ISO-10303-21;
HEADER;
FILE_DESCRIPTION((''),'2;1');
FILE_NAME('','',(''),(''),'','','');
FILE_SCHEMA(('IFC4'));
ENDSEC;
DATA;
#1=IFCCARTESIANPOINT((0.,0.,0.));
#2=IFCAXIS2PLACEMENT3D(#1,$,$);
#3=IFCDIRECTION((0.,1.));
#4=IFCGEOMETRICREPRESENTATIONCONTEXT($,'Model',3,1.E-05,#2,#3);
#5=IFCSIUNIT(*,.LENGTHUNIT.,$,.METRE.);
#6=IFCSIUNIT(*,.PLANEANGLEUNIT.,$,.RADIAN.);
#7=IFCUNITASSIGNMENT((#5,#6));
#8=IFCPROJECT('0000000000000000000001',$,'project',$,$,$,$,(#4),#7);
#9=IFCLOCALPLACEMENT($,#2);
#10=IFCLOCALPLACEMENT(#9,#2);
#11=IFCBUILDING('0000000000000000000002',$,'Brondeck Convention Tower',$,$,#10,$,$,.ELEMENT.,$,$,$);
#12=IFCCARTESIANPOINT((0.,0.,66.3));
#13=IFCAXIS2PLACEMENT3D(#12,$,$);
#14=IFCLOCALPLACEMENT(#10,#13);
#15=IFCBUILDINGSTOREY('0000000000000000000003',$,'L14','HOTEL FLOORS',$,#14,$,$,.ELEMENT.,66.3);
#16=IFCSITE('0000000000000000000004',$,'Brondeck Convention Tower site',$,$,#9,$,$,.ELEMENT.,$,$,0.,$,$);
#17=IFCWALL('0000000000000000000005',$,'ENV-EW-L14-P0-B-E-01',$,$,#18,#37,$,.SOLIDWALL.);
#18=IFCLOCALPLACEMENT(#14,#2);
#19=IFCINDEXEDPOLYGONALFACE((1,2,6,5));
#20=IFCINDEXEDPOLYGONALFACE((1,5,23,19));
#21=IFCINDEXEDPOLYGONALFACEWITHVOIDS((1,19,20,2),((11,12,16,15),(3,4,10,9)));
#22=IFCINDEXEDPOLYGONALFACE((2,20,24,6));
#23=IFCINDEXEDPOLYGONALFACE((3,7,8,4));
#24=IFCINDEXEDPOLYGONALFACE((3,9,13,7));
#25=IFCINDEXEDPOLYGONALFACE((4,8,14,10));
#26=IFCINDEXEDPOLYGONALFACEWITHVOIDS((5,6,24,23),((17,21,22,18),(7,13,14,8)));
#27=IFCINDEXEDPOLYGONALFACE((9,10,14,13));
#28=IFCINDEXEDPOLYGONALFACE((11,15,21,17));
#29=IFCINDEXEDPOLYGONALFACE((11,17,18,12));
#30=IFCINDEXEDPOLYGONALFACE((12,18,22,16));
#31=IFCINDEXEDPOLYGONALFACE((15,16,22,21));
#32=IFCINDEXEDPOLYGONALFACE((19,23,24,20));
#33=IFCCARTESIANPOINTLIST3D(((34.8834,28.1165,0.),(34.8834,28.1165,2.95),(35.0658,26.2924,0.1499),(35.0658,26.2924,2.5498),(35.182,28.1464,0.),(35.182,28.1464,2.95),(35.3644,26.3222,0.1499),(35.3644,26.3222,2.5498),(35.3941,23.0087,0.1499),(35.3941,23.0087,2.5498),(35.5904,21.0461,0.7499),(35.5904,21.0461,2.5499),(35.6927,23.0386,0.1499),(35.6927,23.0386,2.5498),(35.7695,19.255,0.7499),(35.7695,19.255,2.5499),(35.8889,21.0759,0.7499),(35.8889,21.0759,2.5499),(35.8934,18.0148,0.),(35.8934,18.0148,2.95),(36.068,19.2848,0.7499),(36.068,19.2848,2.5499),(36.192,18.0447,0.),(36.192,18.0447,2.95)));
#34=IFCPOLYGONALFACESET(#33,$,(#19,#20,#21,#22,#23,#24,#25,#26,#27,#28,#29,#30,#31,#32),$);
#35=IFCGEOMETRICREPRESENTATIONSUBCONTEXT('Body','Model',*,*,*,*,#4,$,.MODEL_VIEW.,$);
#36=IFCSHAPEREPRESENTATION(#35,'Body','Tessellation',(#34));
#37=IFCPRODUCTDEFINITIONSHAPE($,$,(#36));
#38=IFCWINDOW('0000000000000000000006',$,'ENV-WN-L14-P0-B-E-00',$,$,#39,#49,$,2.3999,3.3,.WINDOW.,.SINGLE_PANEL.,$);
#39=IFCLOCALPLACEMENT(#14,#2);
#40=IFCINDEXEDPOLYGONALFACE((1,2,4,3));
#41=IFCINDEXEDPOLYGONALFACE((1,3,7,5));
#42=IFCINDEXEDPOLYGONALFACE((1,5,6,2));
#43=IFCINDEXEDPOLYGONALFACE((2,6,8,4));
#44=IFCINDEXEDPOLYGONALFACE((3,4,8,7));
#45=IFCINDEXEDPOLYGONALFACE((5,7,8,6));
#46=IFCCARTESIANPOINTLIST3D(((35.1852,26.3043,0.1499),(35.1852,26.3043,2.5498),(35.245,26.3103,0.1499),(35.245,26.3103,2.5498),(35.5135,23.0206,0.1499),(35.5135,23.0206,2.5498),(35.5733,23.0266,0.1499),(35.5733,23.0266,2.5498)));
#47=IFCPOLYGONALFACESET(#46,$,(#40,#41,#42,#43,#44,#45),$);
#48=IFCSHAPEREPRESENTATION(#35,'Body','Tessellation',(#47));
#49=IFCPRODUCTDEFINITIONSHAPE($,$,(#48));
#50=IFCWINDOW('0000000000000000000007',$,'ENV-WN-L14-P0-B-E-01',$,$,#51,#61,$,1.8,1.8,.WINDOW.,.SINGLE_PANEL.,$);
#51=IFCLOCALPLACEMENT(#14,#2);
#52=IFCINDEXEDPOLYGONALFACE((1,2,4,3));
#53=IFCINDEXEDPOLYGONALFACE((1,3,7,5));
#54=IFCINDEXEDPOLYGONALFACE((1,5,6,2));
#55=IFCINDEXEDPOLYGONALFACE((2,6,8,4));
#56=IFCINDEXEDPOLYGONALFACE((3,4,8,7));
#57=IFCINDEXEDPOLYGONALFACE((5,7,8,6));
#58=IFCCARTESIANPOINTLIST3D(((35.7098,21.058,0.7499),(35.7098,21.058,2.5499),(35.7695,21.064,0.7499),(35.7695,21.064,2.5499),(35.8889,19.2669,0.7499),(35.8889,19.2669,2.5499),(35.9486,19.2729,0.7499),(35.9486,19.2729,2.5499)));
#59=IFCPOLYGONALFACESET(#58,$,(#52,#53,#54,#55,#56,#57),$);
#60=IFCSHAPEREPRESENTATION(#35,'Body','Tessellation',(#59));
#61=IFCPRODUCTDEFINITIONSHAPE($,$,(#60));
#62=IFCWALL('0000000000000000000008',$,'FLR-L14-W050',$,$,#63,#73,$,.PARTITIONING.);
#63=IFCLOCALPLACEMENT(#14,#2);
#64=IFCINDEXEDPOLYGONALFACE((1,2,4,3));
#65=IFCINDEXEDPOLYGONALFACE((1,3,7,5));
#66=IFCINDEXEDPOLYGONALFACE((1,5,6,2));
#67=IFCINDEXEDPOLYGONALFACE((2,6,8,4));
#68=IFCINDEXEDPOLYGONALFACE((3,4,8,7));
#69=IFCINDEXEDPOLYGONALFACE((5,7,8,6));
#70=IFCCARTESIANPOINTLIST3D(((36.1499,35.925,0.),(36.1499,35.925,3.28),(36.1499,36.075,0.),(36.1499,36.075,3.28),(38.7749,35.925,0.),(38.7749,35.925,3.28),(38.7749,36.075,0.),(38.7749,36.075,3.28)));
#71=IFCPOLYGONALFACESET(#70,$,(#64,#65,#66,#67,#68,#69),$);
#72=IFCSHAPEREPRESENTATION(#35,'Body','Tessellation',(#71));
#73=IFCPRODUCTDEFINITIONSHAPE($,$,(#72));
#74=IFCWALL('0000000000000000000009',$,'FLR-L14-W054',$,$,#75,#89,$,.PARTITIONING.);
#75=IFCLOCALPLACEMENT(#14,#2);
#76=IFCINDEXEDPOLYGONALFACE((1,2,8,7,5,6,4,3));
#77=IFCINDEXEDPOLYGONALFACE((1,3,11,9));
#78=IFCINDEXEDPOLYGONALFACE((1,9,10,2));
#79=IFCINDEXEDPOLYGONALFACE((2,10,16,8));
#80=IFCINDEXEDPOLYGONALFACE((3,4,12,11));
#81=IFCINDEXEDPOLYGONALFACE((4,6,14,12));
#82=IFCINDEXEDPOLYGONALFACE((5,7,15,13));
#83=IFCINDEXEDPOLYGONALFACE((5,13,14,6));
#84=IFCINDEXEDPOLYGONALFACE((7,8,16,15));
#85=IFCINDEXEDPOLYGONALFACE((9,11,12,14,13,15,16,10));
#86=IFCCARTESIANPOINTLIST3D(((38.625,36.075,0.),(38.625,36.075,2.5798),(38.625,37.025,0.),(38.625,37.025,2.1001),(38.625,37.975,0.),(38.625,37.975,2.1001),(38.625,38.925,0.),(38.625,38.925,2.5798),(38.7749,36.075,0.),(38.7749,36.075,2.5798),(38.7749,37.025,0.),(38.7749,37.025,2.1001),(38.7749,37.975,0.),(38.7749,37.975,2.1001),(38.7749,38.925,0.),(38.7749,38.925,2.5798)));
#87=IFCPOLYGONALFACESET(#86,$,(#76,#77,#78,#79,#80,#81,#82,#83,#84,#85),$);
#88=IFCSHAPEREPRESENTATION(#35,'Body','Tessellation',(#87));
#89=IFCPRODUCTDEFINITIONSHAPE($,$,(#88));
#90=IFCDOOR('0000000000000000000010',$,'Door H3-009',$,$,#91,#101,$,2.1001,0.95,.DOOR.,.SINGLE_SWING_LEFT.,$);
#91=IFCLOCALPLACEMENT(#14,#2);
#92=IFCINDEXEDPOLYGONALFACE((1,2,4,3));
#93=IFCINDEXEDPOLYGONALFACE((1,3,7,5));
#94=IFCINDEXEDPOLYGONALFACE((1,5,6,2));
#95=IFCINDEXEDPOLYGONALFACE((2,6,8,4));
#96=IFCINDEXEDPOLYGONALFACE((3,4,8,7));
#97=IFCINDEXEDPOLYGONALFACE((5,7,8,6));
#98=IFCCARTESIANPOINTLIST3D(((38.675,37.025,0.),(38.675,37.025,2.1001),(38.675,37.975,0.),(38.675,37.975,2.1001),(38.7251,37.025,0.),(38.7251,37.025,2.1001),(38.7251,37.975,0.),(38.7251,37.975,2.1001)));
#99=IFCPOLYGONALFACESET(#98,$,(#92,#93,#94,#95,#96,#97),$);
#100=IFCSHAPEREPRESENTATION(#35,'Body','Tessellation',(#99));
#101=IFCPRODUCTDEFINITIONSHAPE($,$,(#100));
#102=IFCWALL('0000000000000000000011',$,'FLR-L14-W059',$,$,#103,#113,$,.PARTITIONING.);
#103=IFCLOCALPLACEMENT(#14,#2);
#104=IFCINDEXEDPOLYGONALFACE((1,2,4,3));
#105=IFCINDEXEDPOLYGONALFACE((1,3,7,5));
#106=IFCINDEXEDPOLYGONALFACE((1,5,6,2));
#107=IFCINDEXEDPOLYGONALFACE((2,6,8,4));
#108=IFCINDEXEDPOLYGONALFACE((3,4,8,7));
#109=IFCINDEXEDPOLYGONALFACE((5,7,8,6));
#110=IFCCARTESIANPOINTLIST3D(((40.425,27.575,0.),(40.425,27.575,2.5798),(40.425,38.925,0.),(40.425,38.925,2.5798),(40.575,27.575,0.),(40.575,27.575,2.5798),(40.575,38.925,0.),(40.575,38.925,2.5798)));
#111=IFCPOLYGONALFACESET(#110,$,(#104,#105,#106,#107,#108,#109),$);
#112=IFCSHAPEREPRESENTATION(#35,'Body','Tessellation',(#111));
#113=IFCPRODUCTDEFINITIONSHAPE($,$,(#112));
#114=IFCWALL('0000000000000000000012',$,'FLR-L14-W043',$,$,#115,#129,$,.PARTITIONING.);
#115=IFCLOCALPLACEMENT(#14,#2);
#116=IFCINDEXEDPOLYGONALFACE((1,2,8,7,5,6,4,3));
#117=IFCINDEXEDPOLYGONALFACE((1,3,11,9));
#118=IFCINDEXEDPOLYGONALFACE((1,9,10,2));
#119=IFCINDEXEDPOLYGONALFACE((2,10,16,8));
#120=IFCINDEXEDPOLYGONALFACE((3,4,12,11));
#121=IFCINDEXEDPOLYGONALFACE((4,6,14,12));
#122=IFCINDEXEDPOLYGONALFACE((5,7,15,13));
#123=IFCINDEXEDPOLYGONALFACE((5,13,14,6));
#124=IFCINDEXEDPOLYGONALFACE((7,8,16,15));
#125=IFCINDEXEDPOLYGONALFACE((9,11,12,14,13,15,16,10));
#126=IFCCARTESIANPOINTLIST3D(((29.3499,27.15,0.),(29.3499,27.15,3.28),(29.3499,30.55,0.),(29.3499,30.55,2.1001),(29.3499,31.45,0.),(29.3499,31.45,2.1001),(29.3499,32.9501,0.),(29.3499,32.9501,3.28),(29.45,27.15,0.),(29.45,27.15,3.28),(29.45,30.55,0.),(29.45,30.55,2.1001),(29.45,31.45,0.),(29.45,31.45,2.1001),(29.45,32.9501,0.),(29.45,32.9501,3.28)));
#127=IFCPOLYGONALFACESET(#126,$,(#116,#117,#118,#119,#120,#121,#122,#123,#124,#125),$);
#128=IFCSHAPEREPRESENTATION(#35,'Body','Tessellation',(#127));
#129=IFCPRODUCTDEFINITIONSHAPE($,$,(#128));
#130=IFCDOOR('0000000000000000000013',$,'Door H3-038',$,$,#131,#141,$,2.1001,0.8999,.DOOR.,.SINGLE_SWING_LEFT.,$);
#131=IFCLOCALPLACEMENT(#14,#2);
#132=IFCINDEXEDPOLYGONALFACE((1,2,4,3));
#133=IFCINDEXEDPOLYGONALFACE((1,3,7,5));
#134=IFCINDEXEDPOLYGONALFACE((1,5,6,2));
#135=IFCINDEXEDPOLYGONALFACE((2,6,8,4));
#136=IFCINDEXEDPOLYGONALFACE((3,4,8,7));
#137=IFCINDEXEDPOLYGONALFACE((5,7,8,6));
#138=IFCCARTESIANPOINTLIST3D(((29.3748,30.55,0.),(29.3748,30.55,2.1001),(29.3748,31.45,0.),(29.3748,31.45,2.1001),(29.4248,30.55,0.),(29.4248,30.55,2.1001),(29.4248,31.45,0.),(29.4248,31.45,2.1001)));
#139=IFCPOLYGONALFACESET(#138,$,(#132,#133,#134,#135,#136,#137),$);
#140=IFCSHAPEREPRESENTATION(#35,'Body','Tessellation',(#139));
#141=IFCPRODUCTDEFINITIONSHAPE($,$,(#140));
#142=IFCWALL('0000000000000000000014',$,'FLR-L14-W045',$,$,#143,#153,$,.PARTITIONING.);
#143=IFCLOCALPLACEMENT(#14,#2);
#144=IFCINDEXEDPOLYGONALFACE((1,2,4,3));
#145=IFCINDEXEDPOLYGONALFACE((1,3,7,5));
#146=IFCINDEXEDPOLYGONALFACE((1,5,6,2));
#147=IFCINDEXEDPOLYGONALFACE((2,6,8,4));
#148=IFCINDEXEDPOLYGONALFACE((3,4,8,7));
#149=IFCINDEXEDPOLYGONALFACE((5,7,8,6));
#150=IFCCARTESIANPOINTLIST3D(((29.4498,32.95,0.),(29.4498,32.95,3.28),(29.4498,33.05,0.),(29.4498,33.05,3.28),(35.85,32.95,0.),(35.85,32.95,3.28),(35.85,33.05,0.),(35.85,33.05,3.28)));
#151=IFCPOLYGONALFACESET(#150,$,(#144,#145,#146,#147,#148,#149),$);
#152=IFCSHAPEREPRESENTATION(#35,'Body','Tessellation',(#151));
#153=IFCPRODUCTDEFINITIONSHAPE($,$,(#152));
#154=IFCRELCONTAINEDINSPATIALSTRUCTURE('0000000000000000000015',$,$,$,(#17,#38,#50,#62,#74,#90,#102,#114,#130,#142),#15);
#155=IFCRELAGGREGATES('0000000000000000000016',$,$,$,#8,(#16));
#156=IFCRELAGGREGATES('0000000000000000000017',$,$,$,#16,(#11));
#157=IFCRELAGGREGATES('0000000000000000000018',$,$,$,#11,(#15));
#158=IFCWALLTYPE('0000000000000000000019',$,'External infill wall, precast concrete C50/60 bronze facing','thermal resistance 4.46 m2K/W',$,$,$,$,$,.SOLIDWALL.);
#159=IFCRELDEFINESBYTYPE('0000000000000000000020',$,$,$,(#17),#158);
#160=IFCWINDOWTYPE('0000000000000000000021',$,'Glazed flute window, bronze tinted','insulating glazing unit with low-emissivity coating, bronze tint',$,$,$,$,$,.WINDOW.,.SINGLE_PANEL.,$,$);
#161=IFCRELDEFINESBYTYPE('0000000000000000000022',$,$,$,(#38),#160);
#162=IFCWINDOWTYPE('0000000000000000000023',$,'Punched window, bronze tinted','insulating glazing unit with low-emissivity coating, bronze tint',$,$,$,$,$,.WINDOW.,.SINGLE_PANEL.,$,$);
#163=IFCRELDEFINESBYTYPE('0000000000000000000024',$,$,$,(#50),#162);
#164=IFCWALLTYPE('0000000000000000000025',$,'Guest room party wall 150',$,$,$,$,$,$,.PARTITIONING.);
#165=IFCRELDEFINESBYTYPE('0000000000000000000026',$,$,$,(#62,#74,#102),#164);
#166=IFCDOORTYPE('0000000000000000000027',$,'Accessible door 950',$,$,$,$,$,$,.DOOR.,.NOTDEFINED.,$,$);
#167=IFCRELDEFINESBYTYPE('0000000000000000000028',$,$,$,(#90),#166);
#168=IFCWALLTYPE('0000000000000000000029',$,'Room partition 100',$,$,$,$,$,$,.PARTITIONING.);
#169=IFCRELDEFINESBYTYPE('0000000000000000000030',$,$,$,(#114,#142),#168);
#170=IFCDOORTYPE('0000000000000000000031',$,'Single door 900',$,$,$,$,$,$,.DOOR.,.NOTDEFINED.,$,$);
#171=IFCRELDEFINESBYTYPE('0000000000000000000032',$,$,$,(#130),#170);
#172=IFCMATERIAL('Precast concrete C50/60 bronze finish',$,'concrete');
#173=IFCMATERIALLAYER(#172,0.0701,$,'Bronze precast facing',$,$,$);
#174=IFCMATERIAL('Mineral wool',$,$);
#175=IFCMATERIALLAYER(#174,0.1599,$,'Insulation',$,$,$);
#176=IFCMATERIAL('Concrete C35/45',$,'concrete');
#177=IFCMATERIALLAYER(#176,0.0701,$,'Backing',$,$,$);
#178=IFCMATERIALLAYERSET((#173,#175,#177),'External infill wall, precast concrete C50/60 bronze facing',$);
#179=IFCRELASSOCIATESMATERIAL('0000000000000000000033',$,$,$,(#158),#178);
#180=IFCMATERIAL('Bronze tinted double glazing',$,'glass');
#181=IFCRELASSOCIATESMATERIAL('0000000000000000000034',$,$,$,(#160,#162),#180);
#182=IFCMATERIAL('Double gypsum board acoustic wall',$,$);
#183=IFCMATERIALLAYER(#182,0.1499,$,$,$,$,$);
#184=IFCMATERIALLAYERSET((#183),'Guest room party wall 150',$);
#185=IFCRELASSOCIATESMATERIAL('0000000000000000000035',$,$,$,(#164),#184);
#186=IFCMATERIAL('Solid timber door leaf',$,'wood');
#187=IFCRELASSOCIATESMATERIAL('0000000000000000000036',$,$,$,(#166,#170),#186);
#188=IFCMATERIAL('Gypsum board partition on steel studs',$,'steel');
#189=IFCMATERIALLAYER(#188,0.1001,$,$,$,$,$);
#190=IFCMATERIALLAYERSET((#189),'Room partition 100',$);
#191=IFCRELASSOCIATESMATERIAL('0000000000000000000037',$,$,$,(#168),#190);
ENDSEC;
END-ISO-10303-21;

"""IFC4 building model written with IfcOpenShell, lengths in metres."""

from ifc_helpers import new_model, si_unit, direction, frame, frame_2d, origin, place, context, subcontext, project, spatial, rectangle, extrude, material, layer, layer_set, type_object, element, fill, save


model = new_model("IFC4")

# Units and contexts
model_context = context("Model", 3, precision=1e-05, world=origin(), true_north=direction((0.0, 1.0)))
body_context = subcontext(model_context, "Body", "Model", "MODEL_VIEW")
ifc_project = project(units=[si_unit("LENGTHUNIT", "METRE"), si_unit("PLANEANGLEUNIT", "RADIAN")], contexts=[model_context])

# Site, building, storey
site_placement = place(None, origin())
site = spatial("IfcSite", under=ifc_project, at=site_placement, Name="Brondeck Convention Tower site", CompositionType="ELEMENT", RefElevation=0.0)
building_placement = place(site_placement, origin())
building = spatial("IfcBuilding", under=site, at=building_placement, Name="Brondeck Convention Tower", CompositionType="ELEMENT")
storey_placement = place(building_placement, frame((0.0, 0.0, 66.3)))
storey = spatial("IfcBuildingStorey", under=building, at=storey_placement, Name="L14", Description="HOTEL FLOORS", CompositionType="ELEMENT", Elevation=66.3)

# Wall, openings, windows
ifc_material_1 = material(Name="Precast concrete C50/60 bronze finish", Category="concrete")
ifc_layer_1 = layer(ifc_material_1, 0.0701, Name="Bronze precast facing")
ifc_material_2 = material(Name="Mineral wool")
ifc_layer_2 = layer(ifc_material_2, 0.1599, Name="Insulation")
ifc_material_3 = material(Name="Concrete C35/45", Category="concrete")
ifc_layer_3 = layer(ifc_material_3, 0.0701, Name="Backing")
ifc_layer_set_1 = layer_set([ifc_layer_1, ifc_layer_2, ifc_layer_3], Name="External infill wall, precast concrete C50/60 bronze facing")
wall_type_1 = type_object("IfcWallType", Name="External infill wall, precast concrete C50/60 bronze facing", Description="thermal resistance 4.46 m2K/W", PredefinedType="SOLIDWALL", material=ifc_layer_set_1)
wall_1_placement = place(storey_placement, frame((35.0327, 28.1316, 0.0), z_axis=(0.0, 0.0, 1.0), x_axis=(0.099487, -0.995039, 0.0)))
wall_1 = element("IfcWall", 1, at=wall_1_placement, inside=storey, type_object=wall_type_1, Name="ENV-EW-L14-P0-B-E-01", PredefinedType="SOLIDWALL", context=body_context, shape_type="SweptSolid", body=[
    extrude(rectangle(XDim=10.1521, YDim=0.3, at=frame_2d((5.0762, 0.0))), origin(), (0.0, 0.0, 1.0), 2.95),
])
opening_1_placement = place(wall_1_placement, frame((1.8335, 0.0, 0.1499)))
opening_1 = element("IfcOpeningElement", 2, at=opening_1_placement, cuts=wall_1, PredefinedType="OPENING", context=body_context, shape_type="SweptSolid", body=[
    extrude(rectangle(XDim=3.3, YDim=2.3999, at=frame_2d((1.6499, 1.2))), frame((0.0, 0.1599, 0.0), z_axis=(0.0, -1.0, 0.0), x_axis=(1.0, 0.0, 0.0)), (0.0, 0.0, 1.0), 0.3201),
])
opening_2_placement = place(wall_1_placement, frame((7.106, 0.0, 0.75)))
opening_2 = element("IfcOpeningElement", 3, at=opening_2_placement, cuts=wall_1, PredefinedType="OPENING", context=body_context, shape_type="SweptSolid", body=[
    extrude(rectangle(XDim=1.8, YDim=1.8, at=frame_2d((0.8999, 0.8999))), frame((0.0, 0.1599, 0.0), z_axis=(0.0, -1.0, 0.0), x_axis=(1.0, 0.0, 0.0)), (0.0, 0.0, 1.0), 0.3201),
])
ifc_material_4 = material(Name="Bronze tinted double glazing", Category="glass")
window_type_1 = type_object("IfcWindowType", Name="Glazed flute window, bronze tinted", Description="insulating glazing unit with low-emissivity coating, bronze tint", PartitioningType="SINGLE_PANEL", PredefinedType="WINDOW", material=ifc_material_4)
window_1_placement = place(opening_1_placement, origin())
window_1 = element("IfcWindow", 4, at=window_1_placement, inside=storey, type_object=window_type_1, Name="ENV-WN-L14-P0-B-E-00", OverallHeight=2.3999, OverallWidth=3.3, PartitioningType="SINGLE_PANEL", PredefinedType="WINDOW", context=body_context, shape_type="SweptSolid", body=[
    extrude(rectangle(XDim=3.3, YDim=2.3999, at=frame_2d((1.6499, 1.2))), frame((0.0, 0.03, 0.0), z_axis=(0.0, -1.0, 0.0), x_axis=(1.0, 0.0, 0.0)), (0.0, 0.0, 1.0), 0.0601),
])
fill(opening_1, window_1)
window_type_2 = type_object("IfcWindowType", Name="Punched window, bronze tinted", Description="insulating glazing unit with low-emissivity coating, bronze tint", PartitioningType="SINGLE_PANEL", PredefinedType="WINDOW", material=ifc_material_4)
window_2_placement = place(opening_2_placement, origin())
window_2 = element("IfcWindow", 5, at=window_2_placement, inside=storey, type_object=window_type_2, Name="ENV-WN-L14-P0-B-E-01", OverallHeight=1.8, OverallWidth=1.8, PartitioningType="SINGLE_PANEL", PredefinedType="WINDOW", context=body_context, shape_type="SweptSolid", body=[
    extrude(rectangle(XDim=1.8, YDim=1.8, at=frame_2d((0.8999, 0.8999))), frame((0.0, 0.03, 0.0), z_axis=(0.0, -1.0, 0.0), x_axis=(1.0, 0.0, 0.0)), (0.0, 0.0, 1.0), 0.0601),
])
fill(opening_2, window_2)

# Wall
ifc_material_5 = material(Name="Double gypsum board acoustic wall")
ifc_layer_4 = layer(ifc_material_5, 0.1499)
ifc_layer_set_2 = layer_set([ifc_layer_4], Name="Guest room party wall 150")
wall_type_2 = type_object("IfcWallType", Name="Guest room party wall 150", PredefinedType="PARTITIONING", material=ifc_layer_set_2)
wall_2_placement = place(storey_placement, frame((36.1499, 36.0, 0.0), z_axis=(0.0, 0.0, 1.0), x_axis=(1.0, 0.0, 0.0)))
element("IfcWall", 6, at=wall_2_placement, inside=storey, type_object=wall_type_2, Name="FLR-L14-W050", PredefinedType="PARTITIONING", context=body_context, shape_type="SweptSolid", body=[
    extrude(rectangle(XDim=2.625, YDim=0.1499, at=frame_2d((1.3125, 0.0))), origin(), (0.0, 0.0, 1.0), 3.28),
])

# Wall, opening, door
wall_3_placement = place(storey_placement, frame((38.7, 36.075, 0.0), z_axis=(0.0, 0.0, 1.0), x_axis=(0.0, 1.0, 0.0)))
wall_3 = element("IfcWall", 7, at=wall_3_placement, inside=storey, type_object=wall_type_2, Name="FLR-L14-W054", PredefinedType="PARTITIONING", context=body_context, shape_type="SweptSolid", body=[
    extrude(rectangle(XDim=2.8501, YDim=0.1499, at=frame_2d((1.425, 0.0))), origin(), (0.0, 0.0, 1.0), 2.5798),
])
opening_3_placement = place(wall_3_placement, frame((0.95, 0.0, 0.0)))
opening_3 = element("IfcOpeningElement", 8, at=opening_3_placement, cuts=wall_3, PredefinedType="OPENING", context=body_context, shape_type="SweptSolid", body=[
    extrude(rectangle(XDim=0.95, YDim=2.1001, at=frame_2d((0.4751, 1.05))), frame((0.0, 0.085, 0.0), z_axis=(0.0, -1.0, 0.0), x_axis=(1.0, 0.0, 0.0)), (0.0, 0.0, 1.0), 0.1699),
])
ifc_material_6 = material(Name="Solid timber door leaf", Category="wood")
door_type_1 = type_object("IfcDoorType", Name="Accessible door 950", OperationType="NOTDEFINED", PredefinedType="DOOR", material=ifc_material_6)
door_1_placement = place(opening_3_placement, origin())
door_1 = element("IfcDoor", 9, at=door_1_placement, inside=storey, type_object=door_type_1, Name="Door H3-009", OperationType="SINGLE_SWING_LEFT", OverallHeight=2.1001, OverallWidth=0.95, PredefinedType="DOOR", context=body_context, shape_type="SweptSolid", body=[
    extrude(rectangle(XDim=0.95, YDim=2.1001, at=frame_2d((0.4751, 1.05))), frame((0.0, 0.0249, 0.0), z_axis=(0.0, -1.0, 0.0), x_axis=(1.0, 0.0, 0.0)), (0.0, 0.0, 1.0), 0.05),
])
fill(opening_3, door_1)

# Wall
wall_4_placement = place(storey_placement, frame((40.5, 38.925, 0.0), z_axis=(0.0, 0.0, 1.0), x_axis=(0.0, -1.0, 0.0)))
element("IfcWall", 10, at=wall_4_placement, inside=storey, type_object=wall_type_2, Name="FLR-L14-W059", PredefinedType="PARTITIONING", context=body_context, shape_type="SweptSolid", body=[
    extrude(rectangle(XDim=11.3501, YDim=0.1499, at=frame_2d((5.675, 0.0))), origin(), (0.0, 0.0, 1.0), 2.5798),
])

# Wall, opening, door
ifc_material_7 = material(Name="Gypsum board partition on steel studs", Category="steel")
ifc_layer_5 = layer(ifc_material_7, 0.1001)
ifc_layer_set_3 = layer_set([ifc_layer_5], Name="Room partition 100")
wall_type_3 = type_object("IfcWallType", Name="Room partition 100", PredefinedType="PARTITIONING", material=ifc_layer_set_3)
wall_5_placement = place(storey_placement, frame((29.3999, 32.95, 0.0), z_axis=(0.0, 0.0, 1.0), x_axis=(0.0, -1.0, 0.0)))
wall_5 = element("IfcWall", 11, at=wall_5_placement, inside=storey, type_object=wall_type_3, Name="FLR-L14-W043", PredefinedType="PARTITIONING", context=body_context, shape_type="SweptSolid", body=[
    extrude(rectangle(XDim=5.8, YDim=0.1001, at=frame_2d((2.8999, 0.0))), origin(), (0.0, 0.0, 1.0), 3.28),
])
opening_4_placement = place(wall_5_placement, frame((1.5, 0.0, 0.0)))
opening_4 = element("IfcOpeningElement", 12, at=opening_4_placement, cuts=wall_5, PredefinedType="OPENING", context=body_context, shape_type="SweptSolid", body=[
    extrude(rectangle(XDim=0.8999, YDim=2.1001, at=frame_2d((0.45, 1.05))), frame((0.0, 0.0601, 0.0), z_axis=(0.0, -1.0, 0.0), x_axis=(1.0, 0.0, 0.0)), (0.0, 0.0, 1.0), 0.1201),
])
door_type_2 = type_object("IfcDoorType", Name="Single door 900", OperationType="NOTDEFINED", PredefinedType="DOOR", material=ifc_material_6)
door_2_placement = place(opening_4_placement, origin())
door_2 = element("IfcDoor", 13, at=door_2_placement, inside=storey, type_object=door_type_2, Name="Door H3-038", OperationType="SINGLE_SWING_LEFT", OverallHeight=2.1001, OverallWidth=0.8999, PredefinedType="DOOR", context=body_context, shape_type="SweptSolid", body=[
    extrude(rectangle(XDim=0.8999, YDim=2.1001, at=frame_2d((0.45, 1.05))), frame((0.0, 0.0249, 0.0), z_axis=(0.0, -1.0, 0.0), x_axis=(1.0, 0.0, 0.0)), (0.0, 0.0, 1.0), 0.05),
])
fill(opening_4, door_2)

# Wall
wall_6_placement = place(storey_placement, frame((35.8501, 33.0, 0.0), z_axis=(0.0, 0.0, 1.0), x_axis=(-1.0, 0.0, 0.0)))
element("IfcWall", 14, at=wall_6_placement, inside=storey, type_object=wall_type_3, Name="FLR-L14-W045", PredefinedType="PARTITIONING", context=body_context, shape_type="SweptSolid", body=[
    extrude(rectangle(XDim=6.4001, YDim=0.1001, at=frame_2d((3.2002, 0.0))), origin(), (0.0, 0.0, 1.0), 3.28),
])

save(model, "model.ifc")
